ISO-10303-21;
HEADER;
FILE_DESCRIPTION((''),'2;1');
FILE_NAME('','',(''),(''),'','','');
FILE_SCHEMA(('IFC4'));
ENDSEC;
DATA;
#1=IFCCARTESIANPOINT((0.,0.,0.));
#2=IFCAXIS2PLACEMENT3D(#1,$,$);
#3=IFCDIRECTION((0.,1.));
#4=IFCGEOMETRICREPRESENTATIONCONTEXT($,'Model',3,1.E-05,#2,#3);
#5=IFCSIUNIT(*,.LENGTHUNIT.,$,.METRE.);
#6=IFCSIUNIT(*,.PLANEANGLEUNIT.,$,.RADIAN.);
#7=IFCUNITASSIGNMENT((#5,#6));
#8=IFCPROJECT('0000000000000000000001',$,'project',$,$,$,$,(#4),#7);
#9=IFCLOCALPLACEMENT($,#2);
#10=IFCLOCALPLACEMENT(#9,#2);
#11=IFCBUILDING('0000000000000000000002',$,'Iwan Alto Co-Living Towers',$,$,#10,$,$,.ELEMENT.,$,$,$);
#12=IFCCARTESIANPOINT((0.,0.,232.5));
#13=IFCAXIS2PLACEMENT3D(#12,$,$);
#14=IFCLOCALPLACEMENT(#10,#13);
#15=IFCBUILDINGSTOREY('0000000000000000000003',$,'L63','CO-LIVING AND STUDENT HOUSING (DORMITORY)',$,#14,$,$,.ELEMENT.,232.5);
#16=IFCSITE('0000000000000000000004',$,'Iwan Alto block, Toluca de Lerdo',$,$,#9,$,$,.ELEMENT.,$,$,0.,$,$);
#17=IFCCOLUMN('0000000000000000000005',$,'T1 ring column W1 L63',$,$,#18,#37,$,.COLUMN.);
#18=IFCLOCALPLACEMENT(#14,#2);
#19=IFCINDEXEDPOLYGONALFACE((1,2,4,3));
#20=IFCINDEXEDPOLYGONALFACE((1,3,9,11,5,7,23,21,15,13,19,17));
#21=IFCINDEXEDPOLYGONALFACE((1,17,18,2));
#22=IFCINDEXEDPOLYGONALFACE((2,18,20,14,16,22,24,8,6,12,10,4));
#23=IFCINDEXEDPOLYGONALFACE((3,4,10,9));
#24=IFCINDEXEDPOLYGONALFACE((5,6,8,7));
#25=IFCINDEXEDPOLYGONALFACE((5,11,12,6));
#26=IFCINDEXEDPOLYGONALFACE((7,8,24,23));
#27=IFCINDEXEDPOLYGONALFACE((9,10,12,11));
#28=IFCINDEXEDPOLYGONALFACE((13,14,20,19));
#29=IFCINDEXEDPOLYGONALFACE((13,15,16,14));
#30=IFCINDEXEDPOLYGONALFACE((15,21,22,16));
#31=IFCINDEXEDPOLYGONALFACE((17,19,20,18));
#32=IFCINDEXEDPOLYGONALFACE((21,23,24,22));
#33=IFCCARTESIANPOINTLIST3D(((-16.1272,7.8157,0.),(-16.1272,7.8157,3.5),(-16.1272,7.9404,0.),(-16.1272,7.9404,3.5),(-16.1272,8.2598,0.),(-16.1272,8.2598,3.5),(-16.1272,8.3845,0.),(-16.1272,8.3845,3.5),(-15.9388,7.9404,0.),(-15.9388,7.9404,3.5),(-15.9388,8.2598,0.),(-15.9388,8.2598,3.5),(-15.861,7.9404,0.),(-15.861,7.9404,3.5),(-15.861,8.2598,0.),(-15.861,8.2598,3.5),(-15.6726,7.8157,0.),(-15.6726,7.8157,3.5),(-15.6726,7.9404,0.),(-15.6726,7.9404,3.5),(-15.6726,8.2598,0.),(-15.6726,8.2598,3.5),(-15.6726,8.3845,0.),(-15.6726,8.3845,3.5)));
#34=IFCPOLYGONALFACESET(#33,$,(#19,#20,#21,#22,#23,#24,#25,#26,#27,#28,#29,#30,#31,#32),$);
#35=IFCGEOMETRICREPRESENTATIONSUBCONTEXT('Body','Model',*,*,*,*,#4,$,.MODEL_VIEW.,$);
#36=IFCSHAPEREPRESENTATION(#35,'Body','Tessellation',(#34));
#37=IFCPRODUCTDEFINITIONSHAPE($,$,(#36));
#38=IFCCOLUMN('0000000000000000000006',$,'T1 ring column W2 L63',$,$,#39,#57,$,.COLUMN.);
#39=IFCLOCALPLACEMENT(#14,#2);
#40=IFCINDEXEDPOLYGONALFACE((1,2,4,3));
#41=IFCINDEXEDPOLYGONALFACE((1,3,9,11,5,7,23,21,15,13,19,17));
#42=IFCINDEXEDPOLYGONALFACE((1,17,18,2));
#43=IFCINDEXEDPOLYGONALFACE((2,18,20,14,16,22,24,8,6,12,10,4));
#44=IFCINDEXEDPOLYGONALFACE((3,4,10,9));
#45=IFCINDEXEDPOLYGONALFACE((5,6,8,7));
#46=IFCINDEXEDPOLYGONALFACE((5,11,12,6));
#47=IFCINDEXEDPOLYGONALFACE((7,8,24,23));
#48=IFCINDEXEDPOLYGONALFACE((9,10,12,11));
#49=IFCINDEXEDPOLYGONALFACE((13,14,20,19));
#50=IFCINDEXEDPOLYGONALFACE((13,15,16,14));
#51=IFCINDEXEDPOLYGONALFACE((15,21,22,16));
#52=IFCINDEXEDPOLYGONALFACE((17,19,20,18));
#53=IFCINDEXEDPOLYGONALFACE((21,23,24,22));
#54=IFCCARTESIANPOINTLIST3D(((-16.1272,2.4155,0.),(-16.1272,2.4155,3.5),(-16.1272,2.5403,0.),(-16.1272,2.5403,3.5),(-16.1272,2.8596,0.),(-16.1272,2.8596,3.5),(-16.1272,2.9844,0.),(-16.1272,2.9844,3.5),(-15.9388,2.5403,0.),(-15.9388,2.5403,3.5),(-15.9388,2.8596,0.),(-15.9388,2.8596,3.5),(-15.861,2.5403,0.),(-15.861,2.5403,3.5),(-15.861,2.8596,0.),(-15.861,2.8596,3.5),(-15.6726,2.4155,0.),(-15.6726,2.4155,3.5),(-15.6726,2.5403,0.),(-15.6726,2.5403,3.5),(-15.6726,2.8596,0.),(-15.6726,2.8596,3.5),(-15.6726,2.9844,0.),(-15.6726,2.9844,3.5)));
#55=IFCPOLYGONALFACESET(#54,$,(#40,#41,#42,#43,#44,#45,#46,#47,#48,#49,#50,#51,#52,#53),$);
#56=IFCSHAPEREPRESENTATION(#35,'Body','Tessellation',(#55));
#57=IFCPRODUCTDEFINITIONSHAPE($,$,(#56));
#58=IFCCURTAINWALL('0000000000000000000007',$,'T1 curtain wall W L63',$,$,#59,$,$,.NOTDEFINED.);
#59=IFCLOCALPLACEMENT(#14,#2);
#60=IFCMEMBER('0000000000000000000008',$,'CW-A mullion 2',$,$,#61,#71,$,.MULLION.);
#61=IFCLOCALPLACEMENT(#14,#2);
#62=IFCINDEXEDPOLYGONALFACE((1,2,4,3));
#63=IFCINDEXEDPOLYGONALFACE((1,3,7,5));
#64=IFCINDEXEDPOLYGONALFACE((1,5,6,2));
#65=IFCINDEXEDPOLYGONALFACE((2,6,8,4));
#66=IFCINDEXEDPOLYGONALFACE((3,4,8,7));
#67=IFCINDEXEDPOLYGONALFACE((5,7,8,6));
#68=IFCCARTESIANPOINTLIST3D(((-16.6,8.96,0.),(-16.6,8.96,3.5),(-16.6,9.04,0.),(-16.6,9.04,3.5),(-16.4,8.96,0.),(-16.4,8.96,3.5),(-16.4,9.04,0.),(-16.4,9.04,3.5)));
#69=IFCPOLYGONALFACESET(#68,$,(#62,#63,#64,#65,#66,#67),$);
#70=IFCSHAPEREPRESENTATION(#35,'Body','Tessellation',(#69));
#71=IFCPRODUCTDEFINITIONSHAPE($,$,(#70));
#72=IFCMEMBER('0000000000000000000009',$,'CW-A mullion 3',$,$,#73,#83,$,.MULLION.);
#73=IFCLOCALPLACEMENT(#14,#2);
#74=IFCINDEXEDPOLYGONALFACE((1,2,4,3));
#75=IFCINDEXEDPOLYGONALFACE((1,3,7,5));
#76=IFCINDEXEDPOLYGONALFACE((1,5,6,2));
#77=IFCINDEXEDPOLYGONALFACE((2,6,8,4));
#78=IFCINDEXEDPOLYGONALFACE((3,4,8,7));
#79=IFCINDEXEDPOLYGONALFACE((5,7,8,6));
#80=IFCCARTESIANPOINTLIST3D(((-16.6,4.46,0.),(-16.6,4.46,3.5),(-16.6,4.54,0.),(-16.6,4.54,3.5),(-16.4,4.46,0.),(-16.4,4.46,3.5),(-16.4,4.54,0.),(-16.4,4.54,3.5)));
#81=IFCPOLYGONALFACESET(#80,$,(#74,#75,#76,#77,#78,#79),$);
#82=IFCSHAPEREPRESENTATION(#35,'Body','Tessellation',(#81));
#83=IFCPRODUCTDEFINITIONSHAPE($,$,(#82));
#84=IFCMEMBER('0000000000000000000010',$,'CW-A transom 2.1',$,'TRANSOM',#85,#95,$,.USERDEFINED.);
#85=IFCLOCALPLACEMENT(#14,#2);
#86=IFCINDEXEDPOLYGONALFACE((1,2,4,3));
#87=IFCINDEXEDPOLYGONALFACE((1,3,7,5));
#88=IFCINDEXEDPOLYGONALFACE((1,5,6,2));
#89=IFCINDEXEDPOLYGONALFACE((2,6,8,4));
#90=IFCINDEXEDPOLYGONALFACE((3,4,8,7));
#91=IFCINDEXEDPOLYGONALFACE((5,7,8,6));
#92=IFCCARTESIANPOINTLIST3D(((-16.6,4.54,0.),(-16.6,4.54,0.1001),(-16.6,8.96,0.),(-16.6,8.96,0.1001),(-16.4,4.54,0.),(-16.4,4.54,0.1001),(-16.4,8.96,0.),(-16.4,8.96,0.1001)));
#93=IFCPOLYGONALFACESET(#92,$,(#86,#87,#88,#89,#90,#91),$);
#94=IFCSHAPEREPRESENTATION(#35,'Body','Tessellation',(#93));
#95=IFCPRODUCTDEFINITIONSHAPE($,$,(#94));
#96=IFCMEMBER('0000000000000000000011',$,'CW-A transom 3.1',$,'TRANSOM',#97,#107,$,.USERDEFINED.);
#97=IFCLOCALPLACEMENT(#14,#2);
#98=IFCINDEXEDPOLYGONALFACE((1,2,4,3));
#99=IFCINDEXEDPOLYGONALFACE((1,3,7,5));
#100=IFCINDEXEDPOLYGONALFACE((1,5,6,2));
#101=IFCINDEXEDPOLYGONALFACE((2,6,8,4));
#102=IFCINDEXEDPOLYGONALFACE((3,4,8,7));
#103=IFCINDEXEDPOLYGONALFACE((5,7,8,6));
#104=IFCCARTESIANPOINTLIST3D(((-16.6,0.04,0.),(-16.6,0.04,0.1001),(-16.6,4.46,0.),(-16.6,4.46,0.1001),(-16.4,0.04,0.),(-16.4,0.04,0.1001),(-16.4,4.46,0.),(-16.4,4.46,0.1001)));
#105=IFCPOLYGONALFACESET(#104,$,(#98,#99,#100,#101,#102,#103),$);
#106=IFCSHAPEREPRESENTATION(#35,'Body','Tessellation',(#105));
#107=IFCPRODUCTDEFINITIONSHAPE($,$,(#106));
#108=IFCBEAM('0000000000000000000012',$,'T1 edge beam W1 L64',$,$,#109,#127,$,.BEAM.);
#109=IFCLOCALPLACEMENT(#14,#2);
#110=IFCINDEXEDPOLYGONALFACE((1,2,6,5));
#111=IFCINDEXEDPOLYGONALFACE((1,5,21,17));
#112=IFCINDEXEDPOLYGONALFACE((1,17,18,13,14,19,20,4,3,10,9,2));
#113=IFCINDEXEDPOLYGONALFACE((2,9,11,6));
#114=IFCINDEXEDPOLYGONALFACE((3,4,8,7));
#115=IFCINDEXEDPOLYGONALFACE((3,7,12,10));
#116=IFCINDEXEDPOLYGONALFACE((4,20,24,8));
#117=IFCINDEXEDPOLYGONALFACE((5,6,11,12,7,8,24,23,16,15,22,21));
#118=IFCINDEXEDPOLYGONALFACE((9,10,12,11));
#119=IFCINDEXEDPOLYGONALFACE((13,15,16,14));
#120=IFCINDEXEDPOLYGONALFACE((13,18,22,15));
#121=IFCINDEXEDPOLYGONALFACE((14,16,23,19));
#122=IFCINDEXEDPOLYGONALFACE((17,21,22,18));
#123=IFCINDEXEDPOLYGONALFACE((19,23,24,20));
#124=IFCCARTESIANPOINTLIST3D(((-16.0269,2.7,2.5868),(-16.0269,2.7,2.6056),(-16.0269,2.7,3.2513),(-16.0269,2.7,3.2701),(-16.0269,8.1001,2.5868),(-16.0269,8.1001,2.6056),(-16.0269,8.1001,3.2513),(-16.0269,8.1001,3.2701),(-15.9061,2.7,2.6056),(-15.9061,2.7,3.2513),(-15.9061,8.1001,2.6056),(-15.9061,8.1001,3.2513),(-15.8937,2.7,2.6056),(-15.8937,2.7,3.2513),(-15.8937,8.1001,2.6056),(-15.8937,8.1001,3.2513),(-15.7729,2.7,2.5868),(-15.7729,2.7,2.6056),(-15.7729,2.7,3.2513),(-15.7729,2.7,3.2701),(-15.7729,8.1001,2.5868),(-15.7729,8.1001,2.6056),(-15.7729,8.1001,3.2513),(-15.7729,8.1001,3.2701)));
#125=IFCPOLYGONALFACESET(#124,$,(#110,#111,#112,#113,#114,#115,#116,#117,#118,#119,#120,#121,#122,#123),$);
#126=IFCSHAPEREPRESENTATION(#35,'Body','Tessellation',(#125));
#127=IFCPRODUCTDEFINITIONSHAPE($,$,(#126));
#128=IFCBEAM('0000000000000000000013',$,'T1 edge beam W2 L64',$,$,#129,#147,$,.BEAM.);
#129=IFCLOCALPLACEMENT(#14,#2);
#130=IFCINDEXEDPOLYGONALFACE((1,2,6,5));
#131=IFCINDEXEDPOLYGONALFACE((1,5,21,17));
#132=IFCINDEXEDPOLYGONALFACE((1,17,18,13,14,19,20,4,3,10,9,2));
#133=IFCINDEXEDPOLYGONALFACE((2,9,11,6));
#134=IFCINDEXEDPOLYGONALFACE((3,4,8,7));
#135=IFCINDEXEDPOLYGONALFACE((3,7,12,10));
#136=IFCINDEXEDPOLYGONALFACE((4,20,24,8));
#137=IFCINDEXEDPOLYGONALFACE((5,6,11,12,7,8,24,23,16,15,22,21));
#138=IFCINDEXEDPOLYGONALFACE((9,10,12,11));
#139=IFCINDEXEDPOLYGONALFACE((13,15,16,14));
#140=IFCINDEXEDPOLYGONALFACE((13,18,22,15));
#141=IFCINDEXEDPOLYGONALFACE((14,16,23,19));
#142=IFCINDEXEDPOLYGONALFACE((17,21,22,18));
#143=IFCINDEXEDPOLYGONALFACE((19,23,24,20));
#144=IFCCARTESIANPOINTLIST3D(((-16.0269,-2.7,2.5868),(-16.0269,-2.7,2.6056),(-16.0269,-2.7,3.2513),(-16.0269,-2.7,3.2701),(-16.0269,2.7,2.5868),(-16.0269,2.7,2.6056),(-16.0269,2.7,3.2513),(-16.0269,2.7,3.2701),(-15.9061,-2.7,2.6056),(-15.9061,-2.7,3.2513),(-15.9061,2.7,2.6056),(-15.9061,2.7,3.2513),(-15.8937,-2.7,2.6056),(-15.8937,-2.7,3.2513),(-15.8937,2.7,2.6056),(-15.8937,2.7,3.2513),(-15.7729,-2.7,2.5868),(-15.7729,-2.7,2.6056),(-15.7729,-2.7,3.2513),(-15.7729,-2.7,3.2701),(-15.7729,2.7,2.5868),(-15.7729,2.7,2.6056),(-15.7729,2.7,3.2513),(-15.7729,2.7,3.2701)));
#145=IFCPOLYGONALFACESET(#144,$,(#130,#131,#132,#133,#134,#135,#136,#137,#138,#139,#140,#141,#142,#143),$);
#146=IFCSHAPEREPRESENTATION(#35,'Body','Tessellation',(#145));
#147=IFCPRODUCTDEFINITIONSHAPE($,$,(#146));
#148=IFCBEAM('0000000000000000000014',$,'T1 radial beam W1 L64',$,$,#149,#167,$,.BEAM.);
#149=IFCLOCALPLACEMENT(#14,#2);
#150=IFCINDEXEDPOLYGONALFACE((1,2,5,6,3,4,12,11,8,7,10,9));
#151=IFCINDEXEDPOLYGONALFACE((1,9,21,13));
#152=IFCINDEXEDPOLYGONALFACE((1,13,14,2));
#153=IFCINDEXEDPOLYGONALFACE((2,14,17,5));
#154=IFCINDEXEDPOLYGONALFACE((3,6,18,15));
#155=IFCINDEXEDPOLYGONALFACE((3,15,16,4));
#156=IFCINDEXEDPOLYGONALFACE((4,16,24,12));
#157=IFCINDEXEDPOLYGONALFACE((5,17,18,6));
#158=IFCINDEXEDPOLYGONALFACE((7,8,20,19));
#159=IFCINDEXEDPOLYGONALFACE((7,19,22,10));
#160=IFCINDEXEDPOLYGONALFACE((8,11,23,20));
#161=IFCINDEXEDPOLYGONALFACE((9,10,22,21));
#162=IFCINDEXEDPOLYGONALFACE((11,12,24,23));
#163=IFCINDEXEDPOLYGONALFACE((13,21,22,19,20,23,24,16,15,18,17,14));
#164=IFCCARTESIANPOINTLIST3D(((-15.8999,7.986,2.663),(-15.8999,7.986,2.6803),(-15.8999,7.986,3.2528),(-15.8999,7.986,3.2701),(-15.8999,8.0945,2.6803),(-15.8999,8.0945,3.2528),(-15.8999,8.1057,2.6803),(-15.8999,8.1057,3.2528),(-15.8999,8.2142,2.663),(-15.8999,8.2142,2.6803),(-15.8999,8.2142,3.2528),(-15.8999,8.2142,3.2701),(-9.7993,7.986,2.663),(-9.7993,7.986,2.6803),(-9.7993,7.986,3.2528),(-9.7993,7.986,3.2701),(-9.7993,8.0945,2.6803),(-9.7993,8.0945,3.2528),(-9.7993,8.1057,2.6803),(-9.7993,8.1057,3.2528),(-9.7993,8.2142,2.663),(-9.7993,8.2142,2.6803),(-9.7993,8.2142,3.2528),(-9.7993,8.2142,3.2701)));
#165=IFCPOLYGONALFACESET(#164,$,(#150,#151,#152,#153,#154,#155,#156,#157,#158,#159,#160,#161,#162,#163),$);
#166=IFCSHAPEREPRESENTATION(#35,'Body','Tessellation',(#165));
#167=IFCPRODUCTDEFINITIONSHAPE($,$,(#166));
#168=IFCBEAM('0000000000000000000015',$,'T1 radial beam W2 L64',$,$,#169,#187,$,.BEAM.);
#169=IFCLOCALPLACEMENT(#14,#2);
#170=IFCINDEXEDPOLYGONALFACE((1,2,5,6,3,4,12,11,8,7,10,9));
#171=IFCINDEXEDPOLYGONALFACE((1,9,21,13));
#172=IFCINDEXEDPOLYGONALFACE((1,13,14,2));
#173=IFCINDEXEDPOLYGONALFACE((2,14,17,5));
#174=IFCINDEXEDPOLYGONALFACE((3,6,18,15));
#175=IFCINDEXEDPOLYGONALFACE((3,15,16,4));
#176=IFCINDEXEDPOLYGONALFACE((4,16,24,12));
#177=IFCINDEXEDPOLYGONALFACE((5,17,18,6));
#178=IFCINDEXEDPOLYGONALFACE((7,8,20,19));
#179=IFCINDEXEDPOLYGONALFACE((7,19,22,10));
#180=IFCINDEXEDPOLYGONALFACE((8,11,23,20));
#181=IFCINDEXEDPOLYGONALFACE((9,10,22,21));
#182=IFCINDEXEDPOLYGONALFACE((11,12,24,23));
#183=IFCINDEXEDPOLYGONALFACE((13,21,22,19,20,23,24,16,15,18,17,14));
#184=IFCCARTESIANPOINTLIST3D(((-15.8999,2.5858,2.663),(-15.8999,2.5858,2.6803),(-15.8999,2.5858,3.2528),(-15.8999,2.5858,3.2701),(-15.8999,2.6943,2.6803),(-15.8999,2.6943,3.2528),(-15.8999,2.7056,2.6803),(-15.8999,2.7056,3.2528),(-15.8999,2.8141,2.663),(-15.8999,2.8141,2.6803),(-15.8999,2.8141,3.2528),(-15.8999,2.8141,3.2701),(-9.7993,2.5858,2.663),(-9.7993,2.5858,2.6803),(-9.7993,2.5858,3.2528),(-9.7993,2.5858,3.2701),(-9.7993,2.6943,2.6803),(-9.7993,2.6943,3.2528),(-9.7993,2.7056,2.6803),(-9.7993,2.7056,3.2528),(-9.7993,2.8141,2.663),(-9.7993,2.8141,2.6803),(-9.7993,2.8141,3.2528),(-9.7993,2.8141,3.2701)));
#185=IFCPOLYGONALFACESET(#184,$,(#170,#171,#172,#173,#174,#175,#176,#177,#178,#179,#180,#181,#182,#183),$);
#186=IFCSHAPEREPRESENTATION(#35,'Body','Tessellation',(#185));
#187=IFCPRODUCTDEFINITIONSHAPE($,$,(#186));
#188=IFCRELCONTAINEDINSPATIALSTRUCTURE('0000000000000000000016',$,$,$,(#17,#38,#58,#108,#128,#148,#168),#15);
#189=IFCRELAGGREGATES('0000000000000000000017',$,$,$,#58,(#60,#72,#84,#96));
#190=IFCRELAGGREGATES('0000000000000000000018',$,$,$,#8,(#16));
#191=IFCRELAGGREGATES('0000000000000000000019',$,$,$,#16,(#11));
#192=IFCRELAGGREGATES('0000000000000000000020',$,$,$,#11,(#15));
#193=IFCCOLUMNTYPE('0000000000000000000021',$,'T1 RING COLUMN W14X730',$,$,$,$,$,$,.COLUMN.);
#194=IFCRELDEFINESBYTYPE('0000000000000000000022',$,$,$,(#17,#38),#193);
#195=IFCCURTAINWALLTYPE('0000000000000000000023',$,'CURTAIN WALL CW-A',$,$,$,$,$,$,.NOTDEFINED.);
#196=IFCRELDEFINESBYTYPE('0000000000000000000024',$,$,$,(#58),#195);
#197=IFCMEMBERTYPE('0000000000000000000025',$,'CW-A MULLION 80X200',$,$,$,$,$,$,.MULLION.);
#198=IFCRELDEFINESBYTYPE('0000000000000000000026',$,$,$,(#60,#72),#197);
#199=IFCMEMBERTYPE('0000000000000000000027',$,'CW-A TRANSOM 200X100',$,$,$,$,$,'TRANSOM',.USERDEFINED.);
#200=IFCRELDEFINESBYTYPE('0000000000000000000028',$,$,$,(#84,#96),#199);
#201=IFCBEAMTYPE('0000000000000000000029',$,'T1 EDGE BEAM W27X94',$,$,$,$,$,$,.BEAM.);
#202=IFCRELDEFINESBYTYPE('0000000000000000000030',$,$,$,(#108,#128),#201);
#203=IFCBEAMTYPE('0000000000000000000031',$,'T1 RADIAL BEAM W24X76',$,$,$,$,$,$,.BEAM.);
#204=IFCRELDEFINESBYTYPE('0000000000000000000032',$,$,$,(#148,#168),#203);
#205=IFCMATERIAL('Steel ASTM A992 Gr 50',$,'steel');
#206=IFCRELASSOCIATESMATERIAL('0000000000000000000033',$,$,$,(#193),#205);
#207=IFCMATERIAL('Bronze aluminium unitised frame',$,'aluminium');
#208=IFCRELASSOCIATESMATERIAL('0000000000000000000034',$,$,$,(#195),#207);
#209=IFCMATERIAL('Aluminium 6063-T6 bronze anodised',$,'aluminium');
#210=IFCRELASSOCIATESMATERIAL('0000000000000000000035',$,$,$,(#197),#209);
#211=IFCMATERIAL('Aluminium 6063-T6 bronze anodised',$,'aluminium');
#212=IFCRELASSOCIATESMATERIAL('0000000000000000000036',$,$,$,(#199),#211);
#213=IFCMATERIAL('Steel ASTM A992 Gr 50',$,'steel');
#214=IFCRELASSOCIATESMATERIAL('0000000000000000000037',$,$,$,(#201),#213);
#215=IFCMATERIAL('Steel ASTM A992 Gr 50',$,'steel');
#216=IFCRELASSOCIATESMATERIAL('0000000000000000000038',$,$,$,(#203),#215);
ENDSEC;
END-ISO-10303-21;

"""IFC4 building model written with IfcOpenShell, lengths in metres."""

from ifc_helpers import new_model, si_unit, direction, frame, origin, origin_2d, place, context, subcontext, project, spatial, rectangle, i_section, extrude, material, material_profile, profile_set, type_object, element, aggregate, save


model = new_model("IFC4")

# Units and contexts
model_context = context("Model", 3, precision=1e-05, world=origin(), true_north=direction((0.0, 1.0)))
body_context = subcontext(model_context, "Body", "Model", "MODEL_VIEW")
ifc_project = project(units=[si_unit("LENGTHUNIT", "METRE"), si_unit("PLANEANGLEUNIT", "RADIAN")], contexts=[model_context])

# Site, building, storey
site_placement = place(None, origin())
site = spatial("IfcSite", under=ifc_project, at=site_placement, Name="Iwan Alto block, Toluca de Lerdo", CompositionType="ELEMENT", RefElevation=0.0)
building_placement = place(site_placement, origin())
building = spatial("IfcBuilding", under=site, at=building_placement, Name="Iwan Alto Co-Living Towers", CompositionType="ELEMENT")
storey_placement = place(building_placement, frame((0.0, 0.0, 232.5)))
storey = spatial("IfcBuildingStorey", under=building, at=storey_placement, Name="L63", Description="CO-LIVING AND STUDENT HOUSING (DORMITORY)", CompositionType="ELEMENT", Elevation=232.5)

# Columns
ifc_material_1 = material(Name="Steel ASTM A992 Gr 50", Category="steel")
ifc_material_profile_1 = material_profile(ifc_material_1, i_section(OverallWidth=0.4546, OverallDepth=0.5688, WebThickness=0.0779, FlangeThickness=0.1248, at=origin_2d()), Name="W14X730")
ifc_profile_set_1 = profile_set([ifc_material_profile_1], Name="Steel ASTM A992 Gr 50")
column_type = type_object("IfcColumnType", Name="T1 RING COLUMN W14X730", PredefinedType="COLUMN", material=ifc_profile_set_1)
for number, where, z_axis, x_axis, name in (
    (1, (-15.8999, 8.1001, 0.0), (0.0, 0.0, 1.0), (1.0, 0.0, 0.0), "T1 ring column W1 L63"),
    (2, (-15.8999, 2.7, 0.0), (0.0, 0.0, 1.0), (1.0, 0.0, 0.0), "T1 ring column W2 L63"),
):
    element("IfcColumn", number, at=place(storey_placement, frame(where, z_axis=z_axis, x_axis=x_axis)), inside=storey, type_object=column_type, Name=name, PredefinedType="COLUMN", context=body_context, shape_type="SweptSolid", body=[
        extrude(i_section(OverallWidth=0.4546, OverallDepth=0.5688, WebThickness=0.0779, FlangeThickness=0.1248, at=origin_2d()), origin(), (0.0, 0.0, 1.0), 3.5),
    ])

# Curtain wall, members
ifc_material_2 = material(Name="Bronze aluminium unitised frame", Category="aluminium")
curtain_wall_type = type_object("IfcCurtainWallType", Name="CURTAIN WALL CW-A", PredefinedType="NOTDEFINED", material=ifc_material_2)
curtain_wall_placement = place(storey_placement, origin())
curtain_wall = element("IfcCurtainWall", 3, at=curtain_wall_placement, inside=storey, type_object=curtain_wall_type, Name="T1 curtain wall W L63", PredefinedType="NOTDEFINED")
ifc_material_3 = material(Name="Aluminium 6063-T6 bronze anodised", Category="aluminium")
ifc_material_profile_2 = material_profile(ifc_material_3, rectangle(XDim=0.2, YDim=0.0801, at=origin_2d()), Name="AL 80X200")
ifc_profile_set_2 = profile_set([ifc_material_profile_2], Name="Aluminium 6063-T6 bronze anodised")
member_type_1 = type_object("IfcMemberType", Name="CW-A MULLION 80X200", PredefinedType="MULLION", material=ifc_profile_set_2)
member_1_placement = place(storey_placement, frame((-16.5, 9.0, 0.0), z_axis=(0.0, 0.0, 1.0), x_axis=(1.0, 0.0, 0.0)))
member_1 = element("IfcMember", 4, at=member_1_placement, type_object=member_type_1, Name="CW-A mullion 2", PredefinedType="MULLION", context=body_context, shape_type="SweptSolid", body=[
    extrude(rectangle(XDim=0.2, YDim=0.0801, at=origin_2d()), origin(), (0.0, 0.0, 1.0), 3.5),
])
member_2_placement = place(storey_placement, frame((-16.5, 4.5, 0.0), z_axis=(0.0, 0.0, 1.0), x_axis=(1.0, 0.0, 0.0)))
member_2 = element("IfcMember", 5, at=member_2_placement, type_object=member_type_1, Name="CW-A mullion 3", PredefinedType="MULLION", context=body_context, shape_type="SweptSolid", body=[
    extrude(rectangle(XDim=0.2, YDim=0.0801, at=origin_2d()), origin(), (0.0, 0.0, 1.0), 3.5),
])
ifc_material_4 = material(Name="Aluminium 6063-T6 bronze anodised", Category="aluminium")
ifc_material_profile_3 = material_profile(ifc_material_4, rectangle(XDim=0.2, YDim=0.1001, at=origin_2d()), Name="AL 200X100")
ifc_profile_set_3 = profile_set([ifc_material_profile_3], Name="Aluminium 6063-T6 bronze anodised")
member_type_2 = type_object("IfcMemberType", Name="CW-A TRANSOM 200X100", ElementType="TRANSOM", PredefinedType="USERDEFINED", material=ifc_profile_set_3)
member_3_placement = place(storey_placement, frame((-16.5, 8.96, 0.05), z_axis=(0.0, -1.0, 0.0), x_axis=(1.0, 0.0, 0.0)))
member_3 = element("IfcMember", 6, at=member_3_placement, type_object=member_type_2, Name="CW-A transom 2.1", ObjectType="TRANSOM", PredefinedType="USERDEFINED", context=body_context, shape_type="SweptSolid", body=[
    extrude(rectangle(XDim=0.2, YDim=0.1001, at=origin_2d()), origin(), (0.0, 0.0, 1.0), 4.4199),
])
member_4_placement = place(storey_placement, frame((-16.5, 4.46, 0.05), z_axis=(0.0, -1.0, 0.0), x_axis=(1.0, 0.0, 0.0)))
member_4 = element("IfcMember", 7, at=member_4_placement, type_object=member_type_2, Name="CW-A transom 3.1", ObjectType="TRANSOM", PredefinedType="USERDEFINED", context=body_context, shape_type="SweptSolid", body=[
    extrude(rectangle(XDim=0.2, YDim=0.1001, at=origin_2d()), origin(), (0.0, 0.0, 1.0), 4.4199),
])

# Beams
ifc_material_5 = material(Name="Steel ASTM A992 Gr 50", Category="steel")
ifc_material_profile_4 = material_profile(ifc_material_5, i_section(OverallWidth=0.2539, OverallDepth=0.6833, WebThickness=0.0125, FlangeThickness=0.0188, at=origin_2d()), Name="W27X94")
ifc_profile_set_4 = profile_set([ifc_material_profile_4], Name="Steel ASTM A992 Gr 50")
beam_type_1 = type_object("IfcBeamType", Name="T1 EDGE BEAM W27X94", PredefinedType="BEAM", material=ifc_profile_set_4)
beam_1_placement = place(storey_placement, frame((-15.8999, 8.1001, 2.9285), z_axis=(0.0, -1.0, 0.0), x_axis=(1.0, 0.0, 0.0)))
element("IfcBeam", 8, at=beam_1_placement, inside=storey, type_object=beam_type_1, Name="T1 edge beam W1 L64", PredefinedType="BEAM", context=body_context, shape_type="SweptSolid", body=[
    extrude(i_section(OverallWidth=0.2539, OverallDepth=0.6833, WebThickness=0.0125, FlangeThickness=0.0188, at=origin_2d()), origin(), (0.0, 0.0, 1.0), 5.4001),
])
beam_2_placement = place(storey_placement, frame((-15.8999, 2.7, 2.9285), z_axis=(0.0, -1.0, 0.0), x_axis=(1.0, 0.0, 0.0)))
element("IfcBeam", 9, at=beam_2_placement, inside=storey, type_object=beam_type_1, Name="T1 edge beam W2 L64", PredefinedType="BEAM", context=body_context, shape_type="SweptSolid", body=[
    extrude(i_section(OverallWidth=0.2539, OverallDepth=0.6833, WebThickness=0.0125, FlangeThickness=0.0188, at=origin_2d()), origin(), (0.0, 0.0, 1.0), 5.3999),
])
ifc_material_6 = material(Name="Steel ASTM A992 Gr 50", Category="steel")
ifc_material_profile_5 = material_profile(ifc_material_6, i_section(OverallWidth=0.2283, OverallDepth=0.6072, WebThickness=0.0112, FlangeThickness=0.0173, at=origin_2d()), Name="W24X76")
ifc_profile_set_5 = profile_set([ifc_material_profile_5], Name="Steel ASTM A992 Gr 50")
beam_type_2 = type_object("IfcBeamType", Name="T1 RADIAL BEAM W24X76", PredefinedType="BEAM", material=ifc_profile_set_5)
for number, where, z_axis, x_axis, name in (
    (10, (-15.8999, 8.1001, 2.9666), (1.0, 0.0, 0.0), (0.0, 1.0, 0.0), "T1 radial beam W1 L64"),
    (11, (-15.8999, 2.7, 2.9666), (1.0, 0.0, 0.0), (0.0, 1.0, 0.0), "T1 radial beam W2 L64"),
):
    element("IfcBeam", number, at=place(storey_placement, frame(where, z_axis=z_axis, x_axis=x_axis)), inside=storey, type_object=beam_type_2, Name=name, PredefinedType="BEAM", context=body_context, shape_type="SweptSolid", body=[
        extrude(i_section(OverallWidth=0.2283, OverallDepth=0.6072, WebThickness=0.0112, FlangeThickness=0.0173, at=origin_2d()), origin(), (0.0, 0.0, 1.0), 6.1006),
    ])

aggregate(curtain_wall, [member_1, member_2, member_3, member_4])

save(model, "model.ifc")
